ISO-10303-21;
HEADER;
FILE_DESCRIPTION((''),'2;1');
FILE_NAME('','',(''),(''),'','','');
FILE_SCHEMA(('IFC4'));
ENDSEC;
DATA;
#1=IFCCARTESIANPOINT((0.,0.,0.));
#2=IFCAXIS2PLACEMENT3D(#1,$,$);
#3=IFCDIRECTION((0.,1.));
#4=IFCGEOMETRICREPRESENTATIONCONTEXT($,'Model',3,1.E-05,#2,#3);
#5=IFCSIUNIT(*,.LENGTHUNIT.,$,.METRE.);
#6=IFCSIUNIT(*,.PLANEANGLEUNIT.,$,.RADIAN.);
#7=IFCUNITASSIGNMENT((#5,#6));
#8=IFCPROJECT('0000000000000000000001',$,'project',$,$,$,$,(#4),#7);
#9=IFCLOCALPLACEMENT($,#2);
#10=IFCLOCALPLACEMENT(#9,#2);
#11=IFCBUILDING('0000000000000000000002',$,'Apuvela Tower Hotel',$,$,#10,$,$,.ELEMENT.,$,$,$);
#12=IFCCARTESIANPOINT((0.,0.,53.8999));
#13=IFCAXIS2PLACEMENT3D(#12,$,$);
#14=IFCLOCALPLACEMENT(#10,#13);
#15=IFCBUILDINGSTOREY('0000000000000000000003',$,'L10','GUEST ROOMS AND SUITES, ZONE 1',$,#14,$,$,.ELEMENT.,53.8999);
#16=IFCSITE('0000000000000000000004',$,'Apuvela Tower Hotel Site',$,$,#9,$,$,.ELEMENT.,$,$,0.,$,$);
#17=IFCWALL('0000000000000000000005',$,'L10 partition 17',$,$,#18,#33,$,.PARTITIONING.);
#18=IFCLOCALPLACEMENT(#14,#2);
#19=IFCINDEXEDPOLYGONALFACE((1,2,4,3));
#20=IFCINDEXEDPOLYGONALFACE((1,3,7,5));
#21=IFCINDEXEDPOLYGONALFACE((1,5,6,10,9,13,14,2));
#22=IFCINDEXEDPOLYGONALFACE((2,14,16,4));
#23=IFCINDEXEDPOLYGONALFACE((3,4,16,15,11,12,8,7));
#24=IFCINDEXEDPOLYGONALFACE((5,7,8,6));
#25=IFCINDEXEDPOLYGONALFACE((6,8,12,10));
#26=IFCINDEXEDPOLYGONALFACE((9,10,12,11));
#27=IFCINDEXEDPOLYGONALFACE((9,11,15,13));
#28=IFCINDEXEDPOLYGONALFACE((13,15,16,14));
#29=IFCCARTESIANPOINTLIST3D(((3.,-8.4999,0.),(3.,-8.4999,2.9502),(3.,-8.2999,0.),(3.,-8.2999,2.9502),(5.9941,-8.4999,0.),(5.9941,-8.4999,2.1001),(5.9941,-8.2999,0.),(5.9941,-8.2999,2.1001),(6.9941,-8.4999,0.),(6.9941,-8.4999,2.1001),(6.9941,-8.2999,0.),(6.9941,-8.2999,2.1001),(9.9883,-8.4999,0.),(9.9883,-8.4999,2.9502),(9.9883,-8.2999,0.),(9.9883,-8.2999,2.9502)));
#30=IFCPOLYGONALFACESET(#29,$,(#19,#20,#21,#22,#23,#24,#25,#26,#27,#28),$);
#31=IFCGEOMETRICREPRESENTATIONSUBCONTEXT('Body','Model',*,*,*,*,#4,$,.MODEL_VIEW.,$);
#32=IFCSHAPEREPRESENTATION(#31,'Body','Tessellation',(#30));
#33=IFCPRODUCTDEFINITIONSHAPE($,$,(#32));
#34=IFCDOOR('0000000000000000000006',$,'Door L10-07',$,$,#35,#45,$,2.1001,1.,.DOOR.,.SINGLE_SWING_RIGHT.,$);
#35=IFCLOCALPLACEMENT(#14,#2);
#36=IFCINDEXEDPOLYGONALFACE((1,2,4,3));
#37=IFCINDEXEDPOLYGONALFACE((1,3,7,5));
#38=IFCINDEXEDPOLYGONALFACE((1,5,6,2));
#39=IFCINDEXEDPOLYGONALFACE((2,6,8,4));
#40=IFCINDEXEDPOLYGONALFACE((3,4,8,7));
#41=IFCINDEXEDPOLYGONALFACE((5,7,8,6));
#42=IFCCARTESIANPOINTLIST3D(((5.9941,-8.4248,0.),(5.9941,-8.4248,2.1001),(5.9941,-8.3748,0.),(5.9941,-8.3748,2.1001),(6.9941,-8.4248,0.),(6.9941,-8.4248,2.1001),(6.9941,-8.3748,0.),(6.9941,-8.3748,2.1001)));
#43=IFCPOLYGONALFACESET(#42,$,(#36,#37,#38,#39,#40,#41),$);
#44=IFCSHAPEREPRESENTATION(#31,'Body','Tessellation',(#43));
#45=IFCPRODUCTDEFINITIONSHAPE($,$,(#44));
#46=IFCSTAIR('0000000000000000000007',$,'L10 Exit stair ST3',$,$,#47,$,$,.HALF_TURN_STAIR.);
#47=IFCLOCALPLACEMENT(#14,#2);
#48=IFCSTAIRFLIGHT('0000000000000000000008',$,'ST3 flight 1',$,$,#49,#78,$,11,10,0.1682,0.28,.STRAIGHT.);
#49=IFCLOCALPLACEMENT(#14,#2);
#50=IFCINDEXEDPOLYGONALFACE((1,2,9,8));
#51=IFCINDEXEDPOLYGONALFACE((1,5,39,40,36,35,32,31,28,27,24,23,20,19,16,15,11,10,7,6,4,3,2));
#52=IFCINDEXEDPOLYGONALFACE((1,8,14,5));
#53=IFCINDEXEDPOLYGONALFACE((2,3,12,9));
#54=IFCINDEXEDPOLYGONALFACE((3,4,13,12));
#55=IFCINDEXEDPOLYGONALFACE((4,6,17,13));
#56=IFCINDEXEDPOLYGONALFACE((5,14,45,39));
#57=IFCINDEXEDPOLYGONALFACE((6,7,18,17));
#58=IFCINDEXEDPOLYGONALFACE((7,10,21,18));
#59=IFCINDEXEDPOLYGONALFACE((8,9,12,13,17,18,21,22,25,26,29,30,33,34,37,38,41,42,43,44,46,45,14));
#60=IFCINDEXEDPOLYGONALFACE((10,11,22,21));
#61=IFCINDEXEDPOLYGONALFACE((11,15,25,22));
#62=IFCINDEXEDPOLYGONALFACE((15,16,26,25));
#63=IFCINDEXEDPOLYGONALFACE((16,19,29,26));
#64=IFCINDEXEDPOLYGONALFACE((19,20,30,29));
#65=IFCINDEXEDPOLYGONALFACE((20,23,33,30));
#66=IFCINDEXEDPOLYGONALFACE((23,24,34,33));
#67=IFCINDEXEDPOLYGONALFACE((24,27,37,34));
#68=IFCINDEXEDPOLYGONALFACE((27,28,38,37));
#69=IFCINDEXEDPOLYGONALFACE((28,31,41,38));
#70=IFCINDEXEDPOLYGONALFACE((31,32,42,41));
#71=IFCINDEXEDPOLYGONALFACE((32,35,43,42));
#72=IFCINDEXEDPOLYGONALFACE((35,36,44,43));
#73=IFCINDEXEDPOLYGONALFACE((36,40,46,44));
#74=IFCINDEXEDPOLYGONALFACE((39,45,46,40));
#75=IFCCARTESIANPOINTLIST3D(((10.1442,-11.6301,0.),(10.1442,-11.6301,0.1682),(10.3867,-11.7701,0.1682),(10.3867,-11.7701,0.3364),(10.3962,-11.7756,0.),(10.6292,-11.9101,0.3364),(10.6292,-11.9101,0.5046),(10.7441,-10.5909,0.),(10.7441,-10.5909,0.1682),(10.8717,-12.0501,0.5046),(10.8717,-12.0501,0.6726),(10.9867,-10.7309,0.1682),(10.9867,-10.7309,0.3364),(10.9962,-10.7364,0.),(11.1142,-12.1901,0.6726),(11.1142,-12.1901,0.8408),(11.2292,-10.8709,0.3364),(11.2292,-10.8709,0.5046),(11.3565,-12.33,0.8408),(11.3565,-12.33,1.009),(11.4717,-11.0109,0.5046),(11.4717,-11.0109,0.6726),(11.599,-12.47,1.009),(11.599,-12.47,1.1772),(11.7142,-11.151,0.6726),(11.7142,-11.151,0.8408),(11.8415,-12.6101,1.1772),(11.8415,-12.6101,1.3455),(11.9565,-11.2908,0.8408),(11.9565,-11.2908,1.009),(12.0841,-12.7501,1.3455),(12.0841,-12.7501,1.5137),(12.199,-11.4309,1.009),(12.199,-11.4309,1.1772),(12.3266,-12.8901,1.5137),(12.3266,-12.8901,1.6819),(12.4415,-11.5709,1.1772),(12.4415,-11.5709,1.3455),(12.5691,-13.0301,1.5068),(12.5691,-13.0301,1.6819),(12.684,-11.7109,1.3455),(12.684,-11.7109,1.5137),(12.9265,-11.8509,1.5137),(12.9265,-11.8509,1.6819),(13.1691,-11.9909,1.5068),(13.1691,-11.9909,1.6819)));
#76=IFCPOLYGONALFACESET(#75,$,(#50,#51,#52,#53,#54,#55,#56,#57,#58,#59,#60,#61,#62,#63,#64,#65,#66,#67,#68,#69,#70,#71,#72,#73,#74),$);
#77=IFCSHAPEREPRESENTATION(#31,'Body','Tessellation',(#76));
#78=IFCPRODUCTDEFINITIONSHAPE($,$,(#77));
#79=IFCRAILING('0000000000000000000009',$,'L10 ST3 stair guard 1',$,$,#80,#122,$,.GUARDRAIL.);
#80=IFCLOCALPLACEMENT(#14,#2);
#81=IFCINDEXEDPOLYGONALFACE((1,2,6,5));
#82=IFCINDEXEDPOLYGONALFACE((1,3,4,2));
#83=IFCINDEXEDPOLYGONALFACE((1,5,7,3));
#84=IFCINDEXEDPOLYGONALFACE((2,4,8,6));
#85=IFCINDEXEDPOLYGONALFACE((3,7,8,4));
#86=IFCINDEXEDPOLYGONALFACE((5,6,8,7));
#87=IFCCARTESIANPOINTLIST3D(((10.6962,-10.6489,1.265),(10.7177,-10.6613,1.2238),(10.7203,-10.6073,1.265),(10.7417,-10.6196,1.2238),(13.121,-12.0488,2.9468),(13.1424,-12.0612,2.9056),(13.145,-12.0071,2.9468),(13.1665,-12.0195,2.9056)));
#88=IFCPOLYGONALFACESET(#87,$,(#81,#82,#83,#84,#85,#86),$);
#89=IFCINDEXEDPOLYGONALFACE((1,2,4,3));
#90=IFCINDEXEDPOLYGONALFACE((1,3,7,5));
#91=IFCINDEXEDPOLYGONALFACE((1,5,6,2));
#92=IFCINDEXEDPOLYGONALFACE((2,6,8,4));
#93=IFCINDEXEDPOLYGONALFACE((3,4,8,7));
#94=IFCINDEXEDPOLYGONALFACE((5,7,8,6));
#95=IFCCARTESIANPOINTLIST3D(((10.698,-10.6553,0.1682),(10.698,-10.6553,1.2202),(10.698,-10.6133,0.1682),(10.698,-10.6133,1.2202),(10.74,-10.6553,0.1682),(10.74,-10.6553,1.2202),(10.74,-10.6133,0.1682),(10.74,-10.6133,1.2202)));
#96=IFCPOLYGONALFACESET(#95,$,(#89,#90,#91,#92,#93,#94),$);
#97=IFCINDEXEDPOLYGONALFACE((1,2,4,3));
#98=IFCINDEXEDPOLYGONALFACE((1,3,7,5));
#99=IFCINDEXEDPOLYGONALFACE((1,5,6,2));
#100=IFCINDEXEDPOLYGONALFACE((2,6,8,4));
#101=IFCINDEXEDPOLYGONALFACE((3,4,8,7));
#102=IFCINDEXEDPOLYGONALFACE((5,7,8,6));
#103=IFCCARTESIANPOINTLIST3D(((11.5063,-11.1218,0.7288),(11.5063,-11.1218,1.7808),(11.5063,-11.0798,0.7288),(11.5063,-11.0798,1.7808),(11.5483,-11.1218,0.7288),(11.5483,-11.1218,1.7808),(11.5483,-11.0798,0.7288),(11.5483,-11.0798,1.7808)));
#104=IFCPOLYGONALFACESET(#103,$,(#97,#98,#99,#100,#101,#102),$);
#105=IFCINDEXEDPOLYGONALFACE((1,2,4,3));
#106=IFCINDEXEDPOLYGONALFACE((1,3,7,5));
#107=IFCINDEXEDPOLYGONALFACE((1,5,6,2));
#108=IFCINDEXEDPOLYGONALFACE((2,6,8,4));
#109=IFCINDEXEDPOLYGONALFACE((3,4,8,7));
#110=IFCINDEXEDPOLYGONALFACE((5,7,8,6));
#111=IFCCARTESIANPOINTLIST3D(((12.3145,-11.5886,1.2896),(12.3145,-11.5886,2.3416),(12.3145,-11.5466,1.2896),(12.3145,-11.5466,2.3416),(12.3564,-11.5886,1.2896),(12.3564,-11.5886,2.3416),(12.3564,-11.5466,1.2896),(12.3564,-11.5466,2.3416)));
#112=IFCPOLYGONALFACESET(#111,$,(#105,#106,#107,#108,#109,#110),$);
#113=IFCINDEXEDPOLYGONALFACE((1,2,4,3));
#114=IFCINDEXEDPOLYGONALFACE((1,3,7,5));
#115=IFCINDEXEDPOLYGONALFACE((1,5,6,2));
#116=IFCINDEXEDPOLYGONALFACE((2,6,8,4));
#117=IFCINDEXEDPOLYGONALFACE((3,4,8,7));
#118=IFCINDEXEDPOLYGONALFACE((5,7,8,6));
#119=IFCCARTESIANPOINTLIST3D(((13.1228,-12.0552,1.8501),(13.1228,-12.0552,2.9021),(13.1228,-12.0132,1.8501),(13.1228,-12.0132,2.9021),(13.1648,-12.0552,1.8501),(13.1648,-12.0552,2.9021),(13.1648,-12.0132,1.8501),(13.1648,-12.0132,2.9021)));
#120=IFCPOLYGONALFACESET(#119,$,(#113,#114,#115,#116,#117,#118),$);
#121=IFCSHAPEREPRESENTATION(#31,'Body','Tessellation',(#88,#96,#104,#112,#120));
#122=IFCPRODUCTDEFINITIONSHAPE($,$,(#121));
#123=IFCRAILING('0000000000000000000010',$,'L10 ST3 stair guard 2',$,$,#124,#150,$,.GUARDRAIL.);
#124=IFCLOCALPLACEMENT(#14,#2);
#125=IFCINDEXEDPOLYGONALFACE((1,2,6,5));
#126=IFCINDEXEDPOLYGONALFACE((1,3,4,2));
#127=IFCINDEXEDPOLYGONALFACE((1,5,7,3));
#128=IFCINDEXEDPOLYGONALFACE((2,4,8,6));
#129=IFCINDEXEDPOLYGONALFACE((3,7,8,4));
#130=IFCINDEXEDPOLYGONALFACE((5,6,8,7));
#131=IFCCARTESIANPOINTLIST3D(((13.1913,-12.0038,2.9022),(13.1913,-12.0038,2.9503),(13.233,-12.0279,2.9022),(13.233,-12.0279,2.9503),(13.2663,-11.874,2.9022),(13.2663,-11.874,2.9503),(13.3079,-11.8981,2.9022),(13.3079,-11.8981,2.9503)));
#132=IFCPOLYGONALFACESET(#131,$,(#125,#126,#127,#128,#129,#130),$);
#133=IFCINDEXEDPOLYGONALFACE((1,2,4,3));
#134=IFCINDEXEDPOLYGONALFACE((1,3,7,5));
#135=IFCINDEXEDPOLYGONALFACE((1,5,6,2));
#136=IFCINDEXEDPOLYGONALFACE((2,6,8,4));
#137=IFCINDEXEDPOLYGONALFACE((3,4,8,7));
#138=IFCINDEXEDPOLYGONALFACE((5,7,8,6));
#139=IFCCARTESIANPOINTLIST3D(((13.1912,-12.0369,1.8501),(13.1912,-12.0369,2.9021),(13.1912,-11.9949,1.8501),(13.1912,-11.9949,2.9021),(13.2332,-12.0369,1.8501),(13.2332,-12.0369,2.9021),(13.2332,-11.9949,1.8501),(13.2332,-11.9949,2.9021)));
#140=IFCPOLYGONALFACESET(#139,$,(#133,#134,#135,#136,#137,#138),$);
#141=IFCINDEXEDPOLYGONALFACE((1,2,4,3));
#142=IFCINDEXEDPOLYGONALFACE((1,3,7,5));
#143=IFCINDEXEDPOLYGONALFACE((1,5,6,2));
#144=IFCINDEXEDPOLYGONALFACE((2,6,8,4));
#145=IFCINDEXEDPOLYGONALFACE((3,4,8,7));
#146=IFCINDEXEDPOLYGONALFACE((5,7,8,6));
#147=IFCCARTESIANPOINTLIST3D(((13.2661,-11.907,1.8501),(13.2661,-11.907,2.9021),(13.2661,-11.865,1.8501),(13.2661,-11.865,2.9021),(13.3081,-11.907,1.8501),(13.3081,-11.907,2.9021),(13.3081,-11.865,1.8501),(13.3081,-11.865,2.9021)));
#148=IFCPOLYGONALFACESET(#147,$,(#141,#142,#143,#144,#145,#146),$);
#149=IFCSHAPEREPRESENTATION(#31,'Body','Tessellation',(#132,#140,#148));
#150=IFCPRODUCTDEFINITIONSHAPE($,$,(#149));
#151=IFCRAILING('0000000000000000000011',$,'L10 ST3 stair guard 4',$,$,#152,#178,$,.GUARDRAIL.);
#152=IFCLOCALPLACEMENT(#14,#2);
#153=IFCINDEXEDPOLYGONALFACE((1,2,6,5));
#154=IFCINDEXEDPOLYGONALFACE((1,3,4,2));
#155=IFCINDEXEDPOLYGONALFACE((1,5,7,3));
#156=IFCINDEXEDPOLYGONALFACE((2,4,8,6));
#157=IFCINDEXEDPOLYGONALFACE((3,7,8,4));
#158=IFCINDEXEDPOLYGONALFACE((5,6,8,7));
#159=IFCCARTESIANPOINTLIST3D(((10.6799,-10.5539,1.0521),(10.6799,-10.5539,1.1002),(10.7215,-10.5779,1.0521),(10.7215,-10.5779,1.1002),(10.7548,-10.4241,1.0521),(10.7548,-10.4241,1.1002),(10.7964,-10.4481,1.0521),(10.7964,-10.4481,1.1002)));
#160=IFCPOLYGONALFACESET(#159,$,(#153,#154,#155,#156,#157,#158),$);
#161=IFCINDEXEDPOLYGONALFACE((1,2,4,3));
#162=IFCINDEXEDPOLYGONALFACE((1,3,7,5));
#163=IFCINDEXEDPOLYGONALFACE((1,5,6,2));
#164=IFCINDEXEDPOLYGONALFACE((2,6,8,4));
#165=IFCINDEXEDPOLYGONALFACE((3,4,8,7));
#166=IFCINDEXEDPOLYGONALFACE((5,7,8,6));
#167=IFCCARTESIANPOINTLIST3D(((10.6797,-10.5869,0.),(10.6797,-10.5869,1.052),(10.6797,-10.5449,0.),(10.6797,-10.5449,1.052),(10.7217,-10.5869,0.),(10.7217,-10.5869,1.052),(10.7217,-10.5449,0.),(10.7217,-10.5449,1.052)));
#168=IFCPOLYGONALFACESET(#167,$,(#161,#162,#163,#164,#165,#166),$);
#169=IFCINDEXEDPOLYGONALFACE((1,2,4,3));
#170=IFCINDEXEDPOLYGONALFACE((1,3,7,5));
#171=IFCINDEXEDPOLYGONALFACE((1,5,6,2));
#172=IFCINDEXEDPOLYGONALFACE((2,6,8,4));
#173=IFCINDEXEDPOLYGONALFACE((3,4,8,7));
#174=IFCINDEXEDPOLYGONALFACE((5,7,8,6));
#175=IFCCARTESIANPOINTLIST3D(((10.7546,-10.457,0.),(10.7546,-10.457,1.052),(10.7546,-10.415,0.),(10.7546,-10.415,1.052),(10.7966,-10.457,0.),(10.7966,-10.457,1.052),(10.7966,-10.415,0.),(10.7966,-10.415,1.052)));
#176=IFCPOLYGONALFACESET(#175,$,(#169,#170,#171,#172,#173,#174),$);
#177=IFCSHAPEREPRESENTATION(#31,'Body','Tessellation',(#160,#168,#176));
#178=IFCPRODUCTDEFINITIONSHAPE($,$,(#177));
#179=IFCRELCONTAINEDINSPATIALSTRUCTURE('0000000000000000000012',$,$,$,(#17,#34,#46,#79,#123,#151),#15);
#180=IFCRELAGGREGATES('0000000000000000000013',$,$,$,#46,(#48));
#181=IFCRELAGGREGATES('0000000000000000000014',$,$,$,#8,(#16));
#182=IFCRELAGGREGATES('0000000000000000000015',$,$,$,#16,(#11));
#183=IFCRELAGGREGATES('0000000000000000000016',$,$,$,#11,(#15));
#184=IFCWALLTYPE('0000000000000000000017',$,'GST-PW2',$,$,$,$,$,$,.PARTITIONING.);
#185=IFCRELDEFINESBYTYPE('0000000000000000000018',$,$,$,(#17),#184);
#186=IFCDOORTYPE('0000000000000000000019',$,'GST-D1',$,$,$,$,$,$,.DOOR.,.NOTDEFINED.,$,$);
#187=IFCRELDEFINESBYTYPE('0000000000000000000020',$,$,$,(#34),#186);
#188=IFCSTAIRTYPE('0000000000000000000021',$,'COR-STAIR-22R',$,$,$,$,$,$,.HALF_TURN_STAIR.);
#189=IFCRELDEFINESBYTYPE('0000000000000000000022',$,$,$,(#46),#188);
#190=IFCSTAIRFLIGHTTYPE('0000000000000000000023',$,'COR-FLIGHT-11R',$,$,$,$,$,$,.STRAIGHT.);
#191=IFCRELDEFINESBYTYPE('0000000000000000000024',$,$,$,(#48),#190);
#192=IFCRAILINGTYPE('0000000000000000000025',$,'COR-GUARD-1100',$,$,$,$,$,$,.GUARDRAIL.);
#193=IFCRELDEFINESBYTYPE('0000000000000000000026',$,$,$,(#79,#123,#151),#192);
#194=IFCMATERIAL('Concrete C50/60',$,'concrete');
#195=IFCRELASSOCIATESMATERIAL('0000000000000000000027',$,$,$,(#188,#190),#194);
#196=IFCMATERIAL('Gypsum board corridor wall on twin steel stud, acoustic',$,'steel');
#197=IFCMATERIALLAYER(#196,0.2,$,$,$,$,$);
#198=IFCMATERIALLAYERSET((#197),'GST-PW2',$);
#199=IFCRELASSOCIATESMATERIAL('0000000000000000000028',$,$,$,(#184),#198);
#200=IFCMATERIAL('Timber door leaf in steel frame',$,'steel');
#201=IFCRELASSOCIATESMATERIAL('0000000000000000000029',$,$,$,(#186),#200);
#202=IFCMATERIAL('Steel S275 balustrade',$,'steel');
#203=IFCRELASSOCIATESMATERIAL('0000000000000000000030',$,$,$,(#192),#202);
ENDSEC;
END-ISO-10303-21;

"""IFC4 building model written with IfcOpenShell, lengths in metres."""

from ifc_helpers import new_model, si_unit, direction, frame, frame_2d, origin, origin_2d, place, context, subcontext, project, spatial, polyline, rectangle, outline, extrude, material, layer, layer_set, type_object, element, fill, aggregate, save


model = new_model("IFC4")

# Units and contexts
model_context = context("Model", 3, precision=1e-05, world=origin(), true_north=direction((0.0, 1.0)))
body_context = subcontext(model_context, "Body", "Model", "MODEL_VIEW")
ifc_project = project(units=[si_unit("LENGTHUNIT", "METRE"), si_unit("PLANEANGLEUNIT", "RADIAN")], contexts=[model_context])

# Site, building, storey
site_placement = place(None, origin())
site = spatial("IfcSite", under=ifc_project, at=site_placement, Name="Apuvela Tower Hotel Site", CompositionType="ELEMENT", RefElevation=0.0)
building_placement = place(site_placement, origin())
building = spatial("IfcBuilding", under=site, at=building_placement, Name="Apuvela Tower Hotel", CompositionType="ELEMENT")
storey_placement = place(building_placement, frame((0.0, 0.0, 53.8999)))
storey = spatial("IfcBuildingStorey", under=building, at=storey_placement, Name="L10", Description="GUEST ROOMS AND SUITES, ZONE 1", CompositionType="ELEMENT", Elevation=53.8999)

# Shared definitions
ifc_material_1 = material(Name="Concrete C50/60", Category="concrete")

# Shared definitions
stair_type = type_object("IfcStairType", Name="COR-STAIR-22R", PredefinedType="HALF_TURN_STAIR", material=ifc_material_1)

# Wall, opening, door
ifc_material_2 = material(Name="Gypsum board corridor wall on twin steel stud, acoustic", Category="steel")
ifc_layer_1 = layer(ifc_material_2, 0.2)
ifc_layer_set_1 = layer_set([ifc_layer_1], Name="GST-PW2")
wall_type_1 = type_object("IfcWallType", Name="GST-PW2", PredefinedType="PARTITIONING", material=ifc_layer_set_1)
ifc_material_3 = material(Name="Timber door leaf in steel frame", Category="steel")
door_type_1 = type_object("IfcDoorType", Name="GST-D1", OperationType="NOTDEFINED", PredefinedType="DOOR", material=ifc_material_3)
wall_1_placement = place(storey_placement, frame((9.9883, -8.3999, 0.0), z_axis=(0.0, 0.0, 1.0), x_axis=(-1.0, 0.0, 0.0)))
wall_1 = element("IfcWall", 1, at=wall_1_placement, inside=storey, type_object=wall_type_1, Name="L10 partition 17", PredefinedType="PARTITIONING", context=body_context, shape_type="SweptSolid", body=[
    extrude(rectangle(XDim=6.9883, YDim=0.2, at=frame_2d((3.4941, 0.0))), origin(), (0.0, 0.0, 1.0), 2.9502),
])
opening_1_placement = place(wall_1_placement, frame((2.9941, 0.0, 0.0)))
opening_1 = element("IfcOpeningElement", 2, at=opening_1_placement, cuts=wall_1, PredefinedType="OPENING", context=body_context, shape_type="SweptSolid", body=[
    extrude(rectangle(XDim=1.0, YDim=2.1001, at=frame_2d((0.5, 1.05))), frame((0.0, 0.1099, 0.0), z_axis=(0.0, -1.0, 0.0), x_axis=(1.0, 0.0, 0.0)), (0.0, 0.0, 1.0), 0.22),
])
door_1_placement = place(opening_1_placement, origin())
door_1 = element("IfcDoor", 3, at=door_1_placement, inside=storey, type_object=door_type_1, Name="Door L10-07", OperationType="SINGLE_SWING_RIGHT", OverallHeight=2.1001, OverallWidth=1.0, PredefinedType="DOOR", context=body_context, shape_type="SweptSolid", body=[
    extrude(rectangle(XDim=1.0, YDim=2.1001, at=frame_2d((0.5, 1.05))), frame((0.0, 0.0249, 0.0), z_axis=(0.0, -1.0, 0.0), x_axis=(1.0, 0.0, 0.0)), (0.0, 0.0, 1.0), 0.05),
])
fill(opening_1, door_1)

# Stair, stair flight
stair_1_placement = place(storey_placement, origin())
stair_1 = element("IfcStair", 4, at=stair_1_placement, inside=storey, type_object=stair_type, Name="L10 Exit stair ST3", PredefinedType="HALF_TURN_STAIR")
stair_flight_type = type_object("IfcStairFlightType", Name="COR-FLIGHT-11R", PredefinedType="STRAIGHT", material=ifc_material_1)
stair_flight_placement = place(storey_placement, frame((10.4441, -11.1106, 0.0), z_axis=(0.0, 0.0, 1.0), x_axis=(0.866025, -0.5, 0.0)))
stair_flight = element("IfcStairFlight", 5, at=stair_flight_placement, type_object=stair_flight_type, Name="ST3 flight 1", NumberOfRisers=11, NumberOfTreads=10, PredefinedType="STRAIGHT", RiserHeight=0.1682, TreadLength=0.28, context=body_context, shape_type="SweptSolid", body=[
    extrude(outline(polyline([(0.0, 0.0), (0.0, 0.1682), (0.28, 0.1682), (0.28, 0.3364), (0.5601, 0.3364), (0.5601, 0.5046), (0.8401, 0.5046), (0.8401, 0.6726), (1.1201, 0.6726), (1.1201, 0.8408), (1.3999, 0.8408), (1.3999, 1.009), (1.6799, 1.009), (1.6799, 1.1772), (1.96, 1.1772), (1.96, 1.3455), (2.24, 1.3455), (2.24, 1.5137), (2.52, 1.5137), (2.52, 1.6819), (2.8, 1.6819), (2.8, 1.8501), (2.8, 1.5068), (0.291, 0.0), (0.0, 0.0)])), frame((0.0, 0.6001, 0.0), z_axis=(0.0, -1.0, 0.0), x_axis=(1.0, 0.0, 0.0)), (0.0, 0.0, 1.0), 1.2),
])
aggregate(stair_1, [stair_flight])

# Railings
ifc_material_4 = material(Name="Steel S275 balustrade", Category="steel")
railing_type_1 = type_object("IfcRailingType", Name="COR-GUARD-1100", PredefinedType="GUARDRAIL", material=ifc_material_4)
railing_1_placement = place(storey_placement, frame((10.719, -10.6343, 0.1682)))
element("IfcRailing", 6, at=railing_1_placement, inside=storey, type_object=railing_type_1, Name="L10 ST3 stair guard 1", PredefinedType="GUARDRAIL", context=body_context, shape_type="SweptSolid", body=[
    extrude(rectangle(XDim=0.0481, YDim=0.0481, at=origin_2d()), frame((0.0, 0.0, 1.0762), z_axis=(0.74239, -0.428601, 0.514934), x_axis=(0.499984, 0.866035, 0.0)), (0.0, 0.0, 1.0), 3.2661),
    extrude(rectangle(XDim=0.042, YDim=0.042, at=origin_2d()), origin(), (0.0, 0.0, 1.0), 1.052),
    extrude(rectangle(XDim=0.042, YDim=0.042, at=origin_2d()), frame((0.8083, -0.4666, 0.5605)), (0.0, 0.0, 1.0), 1.052),
    extrude(rectangle(XDim=0.042, YDim=0.042, at=origin_2d()), frame((1.6165, -0.9333, 1.1213)), (0.0, 0.0, 1.0), 1.052),
    extrude(rectangle(XDim=0.042, YDim=0.042, at=origin_2d()), frame((2.4248, -1.3999, 1.6819)), (0.0, 0.0, 1.0), 1.052),
])
for number, where, name in (
    (7, (13.2122, -12.0159, 1.8501), "L10 ST3 stair guard 2"),
    (8, (10.7007, -10.5659, 0.0), "L10 ST3 stair guard 4"),
):
    element("IfcRailing", number, at=place(storey_placement, frame(where)), inside=storey, type_object=railing_type_1, Name=name, PredefinedType="GUARDRAIL", context=body_context, shape_type="SweptSolid", body=[
        extrude(rectangle(XDim=0.0481, YDim=0.0481, at=origin_2d()), frame((0.0, 0.0, 1.0762), z_axis=(0.499816, 0.866131, 0.0), x_axis=(-0.866131, 0.499816, 0.0)), (0.0, 0.0, 1.0), 0.1499),
        extrude(rectangle(XDim=0.042, YDim=0.042, at=origin_2d()), origin(), (0.0, 0.0, 1.0), 1.052),
        extrude(rectangle(XDim=0.042, YDim=0.042, at=origin_2d()), frame((0.075, 0.1299, 0.0)), (0.0, 0.0, 1.0), 1.052),
    ])

save(model, "model.ifc")
